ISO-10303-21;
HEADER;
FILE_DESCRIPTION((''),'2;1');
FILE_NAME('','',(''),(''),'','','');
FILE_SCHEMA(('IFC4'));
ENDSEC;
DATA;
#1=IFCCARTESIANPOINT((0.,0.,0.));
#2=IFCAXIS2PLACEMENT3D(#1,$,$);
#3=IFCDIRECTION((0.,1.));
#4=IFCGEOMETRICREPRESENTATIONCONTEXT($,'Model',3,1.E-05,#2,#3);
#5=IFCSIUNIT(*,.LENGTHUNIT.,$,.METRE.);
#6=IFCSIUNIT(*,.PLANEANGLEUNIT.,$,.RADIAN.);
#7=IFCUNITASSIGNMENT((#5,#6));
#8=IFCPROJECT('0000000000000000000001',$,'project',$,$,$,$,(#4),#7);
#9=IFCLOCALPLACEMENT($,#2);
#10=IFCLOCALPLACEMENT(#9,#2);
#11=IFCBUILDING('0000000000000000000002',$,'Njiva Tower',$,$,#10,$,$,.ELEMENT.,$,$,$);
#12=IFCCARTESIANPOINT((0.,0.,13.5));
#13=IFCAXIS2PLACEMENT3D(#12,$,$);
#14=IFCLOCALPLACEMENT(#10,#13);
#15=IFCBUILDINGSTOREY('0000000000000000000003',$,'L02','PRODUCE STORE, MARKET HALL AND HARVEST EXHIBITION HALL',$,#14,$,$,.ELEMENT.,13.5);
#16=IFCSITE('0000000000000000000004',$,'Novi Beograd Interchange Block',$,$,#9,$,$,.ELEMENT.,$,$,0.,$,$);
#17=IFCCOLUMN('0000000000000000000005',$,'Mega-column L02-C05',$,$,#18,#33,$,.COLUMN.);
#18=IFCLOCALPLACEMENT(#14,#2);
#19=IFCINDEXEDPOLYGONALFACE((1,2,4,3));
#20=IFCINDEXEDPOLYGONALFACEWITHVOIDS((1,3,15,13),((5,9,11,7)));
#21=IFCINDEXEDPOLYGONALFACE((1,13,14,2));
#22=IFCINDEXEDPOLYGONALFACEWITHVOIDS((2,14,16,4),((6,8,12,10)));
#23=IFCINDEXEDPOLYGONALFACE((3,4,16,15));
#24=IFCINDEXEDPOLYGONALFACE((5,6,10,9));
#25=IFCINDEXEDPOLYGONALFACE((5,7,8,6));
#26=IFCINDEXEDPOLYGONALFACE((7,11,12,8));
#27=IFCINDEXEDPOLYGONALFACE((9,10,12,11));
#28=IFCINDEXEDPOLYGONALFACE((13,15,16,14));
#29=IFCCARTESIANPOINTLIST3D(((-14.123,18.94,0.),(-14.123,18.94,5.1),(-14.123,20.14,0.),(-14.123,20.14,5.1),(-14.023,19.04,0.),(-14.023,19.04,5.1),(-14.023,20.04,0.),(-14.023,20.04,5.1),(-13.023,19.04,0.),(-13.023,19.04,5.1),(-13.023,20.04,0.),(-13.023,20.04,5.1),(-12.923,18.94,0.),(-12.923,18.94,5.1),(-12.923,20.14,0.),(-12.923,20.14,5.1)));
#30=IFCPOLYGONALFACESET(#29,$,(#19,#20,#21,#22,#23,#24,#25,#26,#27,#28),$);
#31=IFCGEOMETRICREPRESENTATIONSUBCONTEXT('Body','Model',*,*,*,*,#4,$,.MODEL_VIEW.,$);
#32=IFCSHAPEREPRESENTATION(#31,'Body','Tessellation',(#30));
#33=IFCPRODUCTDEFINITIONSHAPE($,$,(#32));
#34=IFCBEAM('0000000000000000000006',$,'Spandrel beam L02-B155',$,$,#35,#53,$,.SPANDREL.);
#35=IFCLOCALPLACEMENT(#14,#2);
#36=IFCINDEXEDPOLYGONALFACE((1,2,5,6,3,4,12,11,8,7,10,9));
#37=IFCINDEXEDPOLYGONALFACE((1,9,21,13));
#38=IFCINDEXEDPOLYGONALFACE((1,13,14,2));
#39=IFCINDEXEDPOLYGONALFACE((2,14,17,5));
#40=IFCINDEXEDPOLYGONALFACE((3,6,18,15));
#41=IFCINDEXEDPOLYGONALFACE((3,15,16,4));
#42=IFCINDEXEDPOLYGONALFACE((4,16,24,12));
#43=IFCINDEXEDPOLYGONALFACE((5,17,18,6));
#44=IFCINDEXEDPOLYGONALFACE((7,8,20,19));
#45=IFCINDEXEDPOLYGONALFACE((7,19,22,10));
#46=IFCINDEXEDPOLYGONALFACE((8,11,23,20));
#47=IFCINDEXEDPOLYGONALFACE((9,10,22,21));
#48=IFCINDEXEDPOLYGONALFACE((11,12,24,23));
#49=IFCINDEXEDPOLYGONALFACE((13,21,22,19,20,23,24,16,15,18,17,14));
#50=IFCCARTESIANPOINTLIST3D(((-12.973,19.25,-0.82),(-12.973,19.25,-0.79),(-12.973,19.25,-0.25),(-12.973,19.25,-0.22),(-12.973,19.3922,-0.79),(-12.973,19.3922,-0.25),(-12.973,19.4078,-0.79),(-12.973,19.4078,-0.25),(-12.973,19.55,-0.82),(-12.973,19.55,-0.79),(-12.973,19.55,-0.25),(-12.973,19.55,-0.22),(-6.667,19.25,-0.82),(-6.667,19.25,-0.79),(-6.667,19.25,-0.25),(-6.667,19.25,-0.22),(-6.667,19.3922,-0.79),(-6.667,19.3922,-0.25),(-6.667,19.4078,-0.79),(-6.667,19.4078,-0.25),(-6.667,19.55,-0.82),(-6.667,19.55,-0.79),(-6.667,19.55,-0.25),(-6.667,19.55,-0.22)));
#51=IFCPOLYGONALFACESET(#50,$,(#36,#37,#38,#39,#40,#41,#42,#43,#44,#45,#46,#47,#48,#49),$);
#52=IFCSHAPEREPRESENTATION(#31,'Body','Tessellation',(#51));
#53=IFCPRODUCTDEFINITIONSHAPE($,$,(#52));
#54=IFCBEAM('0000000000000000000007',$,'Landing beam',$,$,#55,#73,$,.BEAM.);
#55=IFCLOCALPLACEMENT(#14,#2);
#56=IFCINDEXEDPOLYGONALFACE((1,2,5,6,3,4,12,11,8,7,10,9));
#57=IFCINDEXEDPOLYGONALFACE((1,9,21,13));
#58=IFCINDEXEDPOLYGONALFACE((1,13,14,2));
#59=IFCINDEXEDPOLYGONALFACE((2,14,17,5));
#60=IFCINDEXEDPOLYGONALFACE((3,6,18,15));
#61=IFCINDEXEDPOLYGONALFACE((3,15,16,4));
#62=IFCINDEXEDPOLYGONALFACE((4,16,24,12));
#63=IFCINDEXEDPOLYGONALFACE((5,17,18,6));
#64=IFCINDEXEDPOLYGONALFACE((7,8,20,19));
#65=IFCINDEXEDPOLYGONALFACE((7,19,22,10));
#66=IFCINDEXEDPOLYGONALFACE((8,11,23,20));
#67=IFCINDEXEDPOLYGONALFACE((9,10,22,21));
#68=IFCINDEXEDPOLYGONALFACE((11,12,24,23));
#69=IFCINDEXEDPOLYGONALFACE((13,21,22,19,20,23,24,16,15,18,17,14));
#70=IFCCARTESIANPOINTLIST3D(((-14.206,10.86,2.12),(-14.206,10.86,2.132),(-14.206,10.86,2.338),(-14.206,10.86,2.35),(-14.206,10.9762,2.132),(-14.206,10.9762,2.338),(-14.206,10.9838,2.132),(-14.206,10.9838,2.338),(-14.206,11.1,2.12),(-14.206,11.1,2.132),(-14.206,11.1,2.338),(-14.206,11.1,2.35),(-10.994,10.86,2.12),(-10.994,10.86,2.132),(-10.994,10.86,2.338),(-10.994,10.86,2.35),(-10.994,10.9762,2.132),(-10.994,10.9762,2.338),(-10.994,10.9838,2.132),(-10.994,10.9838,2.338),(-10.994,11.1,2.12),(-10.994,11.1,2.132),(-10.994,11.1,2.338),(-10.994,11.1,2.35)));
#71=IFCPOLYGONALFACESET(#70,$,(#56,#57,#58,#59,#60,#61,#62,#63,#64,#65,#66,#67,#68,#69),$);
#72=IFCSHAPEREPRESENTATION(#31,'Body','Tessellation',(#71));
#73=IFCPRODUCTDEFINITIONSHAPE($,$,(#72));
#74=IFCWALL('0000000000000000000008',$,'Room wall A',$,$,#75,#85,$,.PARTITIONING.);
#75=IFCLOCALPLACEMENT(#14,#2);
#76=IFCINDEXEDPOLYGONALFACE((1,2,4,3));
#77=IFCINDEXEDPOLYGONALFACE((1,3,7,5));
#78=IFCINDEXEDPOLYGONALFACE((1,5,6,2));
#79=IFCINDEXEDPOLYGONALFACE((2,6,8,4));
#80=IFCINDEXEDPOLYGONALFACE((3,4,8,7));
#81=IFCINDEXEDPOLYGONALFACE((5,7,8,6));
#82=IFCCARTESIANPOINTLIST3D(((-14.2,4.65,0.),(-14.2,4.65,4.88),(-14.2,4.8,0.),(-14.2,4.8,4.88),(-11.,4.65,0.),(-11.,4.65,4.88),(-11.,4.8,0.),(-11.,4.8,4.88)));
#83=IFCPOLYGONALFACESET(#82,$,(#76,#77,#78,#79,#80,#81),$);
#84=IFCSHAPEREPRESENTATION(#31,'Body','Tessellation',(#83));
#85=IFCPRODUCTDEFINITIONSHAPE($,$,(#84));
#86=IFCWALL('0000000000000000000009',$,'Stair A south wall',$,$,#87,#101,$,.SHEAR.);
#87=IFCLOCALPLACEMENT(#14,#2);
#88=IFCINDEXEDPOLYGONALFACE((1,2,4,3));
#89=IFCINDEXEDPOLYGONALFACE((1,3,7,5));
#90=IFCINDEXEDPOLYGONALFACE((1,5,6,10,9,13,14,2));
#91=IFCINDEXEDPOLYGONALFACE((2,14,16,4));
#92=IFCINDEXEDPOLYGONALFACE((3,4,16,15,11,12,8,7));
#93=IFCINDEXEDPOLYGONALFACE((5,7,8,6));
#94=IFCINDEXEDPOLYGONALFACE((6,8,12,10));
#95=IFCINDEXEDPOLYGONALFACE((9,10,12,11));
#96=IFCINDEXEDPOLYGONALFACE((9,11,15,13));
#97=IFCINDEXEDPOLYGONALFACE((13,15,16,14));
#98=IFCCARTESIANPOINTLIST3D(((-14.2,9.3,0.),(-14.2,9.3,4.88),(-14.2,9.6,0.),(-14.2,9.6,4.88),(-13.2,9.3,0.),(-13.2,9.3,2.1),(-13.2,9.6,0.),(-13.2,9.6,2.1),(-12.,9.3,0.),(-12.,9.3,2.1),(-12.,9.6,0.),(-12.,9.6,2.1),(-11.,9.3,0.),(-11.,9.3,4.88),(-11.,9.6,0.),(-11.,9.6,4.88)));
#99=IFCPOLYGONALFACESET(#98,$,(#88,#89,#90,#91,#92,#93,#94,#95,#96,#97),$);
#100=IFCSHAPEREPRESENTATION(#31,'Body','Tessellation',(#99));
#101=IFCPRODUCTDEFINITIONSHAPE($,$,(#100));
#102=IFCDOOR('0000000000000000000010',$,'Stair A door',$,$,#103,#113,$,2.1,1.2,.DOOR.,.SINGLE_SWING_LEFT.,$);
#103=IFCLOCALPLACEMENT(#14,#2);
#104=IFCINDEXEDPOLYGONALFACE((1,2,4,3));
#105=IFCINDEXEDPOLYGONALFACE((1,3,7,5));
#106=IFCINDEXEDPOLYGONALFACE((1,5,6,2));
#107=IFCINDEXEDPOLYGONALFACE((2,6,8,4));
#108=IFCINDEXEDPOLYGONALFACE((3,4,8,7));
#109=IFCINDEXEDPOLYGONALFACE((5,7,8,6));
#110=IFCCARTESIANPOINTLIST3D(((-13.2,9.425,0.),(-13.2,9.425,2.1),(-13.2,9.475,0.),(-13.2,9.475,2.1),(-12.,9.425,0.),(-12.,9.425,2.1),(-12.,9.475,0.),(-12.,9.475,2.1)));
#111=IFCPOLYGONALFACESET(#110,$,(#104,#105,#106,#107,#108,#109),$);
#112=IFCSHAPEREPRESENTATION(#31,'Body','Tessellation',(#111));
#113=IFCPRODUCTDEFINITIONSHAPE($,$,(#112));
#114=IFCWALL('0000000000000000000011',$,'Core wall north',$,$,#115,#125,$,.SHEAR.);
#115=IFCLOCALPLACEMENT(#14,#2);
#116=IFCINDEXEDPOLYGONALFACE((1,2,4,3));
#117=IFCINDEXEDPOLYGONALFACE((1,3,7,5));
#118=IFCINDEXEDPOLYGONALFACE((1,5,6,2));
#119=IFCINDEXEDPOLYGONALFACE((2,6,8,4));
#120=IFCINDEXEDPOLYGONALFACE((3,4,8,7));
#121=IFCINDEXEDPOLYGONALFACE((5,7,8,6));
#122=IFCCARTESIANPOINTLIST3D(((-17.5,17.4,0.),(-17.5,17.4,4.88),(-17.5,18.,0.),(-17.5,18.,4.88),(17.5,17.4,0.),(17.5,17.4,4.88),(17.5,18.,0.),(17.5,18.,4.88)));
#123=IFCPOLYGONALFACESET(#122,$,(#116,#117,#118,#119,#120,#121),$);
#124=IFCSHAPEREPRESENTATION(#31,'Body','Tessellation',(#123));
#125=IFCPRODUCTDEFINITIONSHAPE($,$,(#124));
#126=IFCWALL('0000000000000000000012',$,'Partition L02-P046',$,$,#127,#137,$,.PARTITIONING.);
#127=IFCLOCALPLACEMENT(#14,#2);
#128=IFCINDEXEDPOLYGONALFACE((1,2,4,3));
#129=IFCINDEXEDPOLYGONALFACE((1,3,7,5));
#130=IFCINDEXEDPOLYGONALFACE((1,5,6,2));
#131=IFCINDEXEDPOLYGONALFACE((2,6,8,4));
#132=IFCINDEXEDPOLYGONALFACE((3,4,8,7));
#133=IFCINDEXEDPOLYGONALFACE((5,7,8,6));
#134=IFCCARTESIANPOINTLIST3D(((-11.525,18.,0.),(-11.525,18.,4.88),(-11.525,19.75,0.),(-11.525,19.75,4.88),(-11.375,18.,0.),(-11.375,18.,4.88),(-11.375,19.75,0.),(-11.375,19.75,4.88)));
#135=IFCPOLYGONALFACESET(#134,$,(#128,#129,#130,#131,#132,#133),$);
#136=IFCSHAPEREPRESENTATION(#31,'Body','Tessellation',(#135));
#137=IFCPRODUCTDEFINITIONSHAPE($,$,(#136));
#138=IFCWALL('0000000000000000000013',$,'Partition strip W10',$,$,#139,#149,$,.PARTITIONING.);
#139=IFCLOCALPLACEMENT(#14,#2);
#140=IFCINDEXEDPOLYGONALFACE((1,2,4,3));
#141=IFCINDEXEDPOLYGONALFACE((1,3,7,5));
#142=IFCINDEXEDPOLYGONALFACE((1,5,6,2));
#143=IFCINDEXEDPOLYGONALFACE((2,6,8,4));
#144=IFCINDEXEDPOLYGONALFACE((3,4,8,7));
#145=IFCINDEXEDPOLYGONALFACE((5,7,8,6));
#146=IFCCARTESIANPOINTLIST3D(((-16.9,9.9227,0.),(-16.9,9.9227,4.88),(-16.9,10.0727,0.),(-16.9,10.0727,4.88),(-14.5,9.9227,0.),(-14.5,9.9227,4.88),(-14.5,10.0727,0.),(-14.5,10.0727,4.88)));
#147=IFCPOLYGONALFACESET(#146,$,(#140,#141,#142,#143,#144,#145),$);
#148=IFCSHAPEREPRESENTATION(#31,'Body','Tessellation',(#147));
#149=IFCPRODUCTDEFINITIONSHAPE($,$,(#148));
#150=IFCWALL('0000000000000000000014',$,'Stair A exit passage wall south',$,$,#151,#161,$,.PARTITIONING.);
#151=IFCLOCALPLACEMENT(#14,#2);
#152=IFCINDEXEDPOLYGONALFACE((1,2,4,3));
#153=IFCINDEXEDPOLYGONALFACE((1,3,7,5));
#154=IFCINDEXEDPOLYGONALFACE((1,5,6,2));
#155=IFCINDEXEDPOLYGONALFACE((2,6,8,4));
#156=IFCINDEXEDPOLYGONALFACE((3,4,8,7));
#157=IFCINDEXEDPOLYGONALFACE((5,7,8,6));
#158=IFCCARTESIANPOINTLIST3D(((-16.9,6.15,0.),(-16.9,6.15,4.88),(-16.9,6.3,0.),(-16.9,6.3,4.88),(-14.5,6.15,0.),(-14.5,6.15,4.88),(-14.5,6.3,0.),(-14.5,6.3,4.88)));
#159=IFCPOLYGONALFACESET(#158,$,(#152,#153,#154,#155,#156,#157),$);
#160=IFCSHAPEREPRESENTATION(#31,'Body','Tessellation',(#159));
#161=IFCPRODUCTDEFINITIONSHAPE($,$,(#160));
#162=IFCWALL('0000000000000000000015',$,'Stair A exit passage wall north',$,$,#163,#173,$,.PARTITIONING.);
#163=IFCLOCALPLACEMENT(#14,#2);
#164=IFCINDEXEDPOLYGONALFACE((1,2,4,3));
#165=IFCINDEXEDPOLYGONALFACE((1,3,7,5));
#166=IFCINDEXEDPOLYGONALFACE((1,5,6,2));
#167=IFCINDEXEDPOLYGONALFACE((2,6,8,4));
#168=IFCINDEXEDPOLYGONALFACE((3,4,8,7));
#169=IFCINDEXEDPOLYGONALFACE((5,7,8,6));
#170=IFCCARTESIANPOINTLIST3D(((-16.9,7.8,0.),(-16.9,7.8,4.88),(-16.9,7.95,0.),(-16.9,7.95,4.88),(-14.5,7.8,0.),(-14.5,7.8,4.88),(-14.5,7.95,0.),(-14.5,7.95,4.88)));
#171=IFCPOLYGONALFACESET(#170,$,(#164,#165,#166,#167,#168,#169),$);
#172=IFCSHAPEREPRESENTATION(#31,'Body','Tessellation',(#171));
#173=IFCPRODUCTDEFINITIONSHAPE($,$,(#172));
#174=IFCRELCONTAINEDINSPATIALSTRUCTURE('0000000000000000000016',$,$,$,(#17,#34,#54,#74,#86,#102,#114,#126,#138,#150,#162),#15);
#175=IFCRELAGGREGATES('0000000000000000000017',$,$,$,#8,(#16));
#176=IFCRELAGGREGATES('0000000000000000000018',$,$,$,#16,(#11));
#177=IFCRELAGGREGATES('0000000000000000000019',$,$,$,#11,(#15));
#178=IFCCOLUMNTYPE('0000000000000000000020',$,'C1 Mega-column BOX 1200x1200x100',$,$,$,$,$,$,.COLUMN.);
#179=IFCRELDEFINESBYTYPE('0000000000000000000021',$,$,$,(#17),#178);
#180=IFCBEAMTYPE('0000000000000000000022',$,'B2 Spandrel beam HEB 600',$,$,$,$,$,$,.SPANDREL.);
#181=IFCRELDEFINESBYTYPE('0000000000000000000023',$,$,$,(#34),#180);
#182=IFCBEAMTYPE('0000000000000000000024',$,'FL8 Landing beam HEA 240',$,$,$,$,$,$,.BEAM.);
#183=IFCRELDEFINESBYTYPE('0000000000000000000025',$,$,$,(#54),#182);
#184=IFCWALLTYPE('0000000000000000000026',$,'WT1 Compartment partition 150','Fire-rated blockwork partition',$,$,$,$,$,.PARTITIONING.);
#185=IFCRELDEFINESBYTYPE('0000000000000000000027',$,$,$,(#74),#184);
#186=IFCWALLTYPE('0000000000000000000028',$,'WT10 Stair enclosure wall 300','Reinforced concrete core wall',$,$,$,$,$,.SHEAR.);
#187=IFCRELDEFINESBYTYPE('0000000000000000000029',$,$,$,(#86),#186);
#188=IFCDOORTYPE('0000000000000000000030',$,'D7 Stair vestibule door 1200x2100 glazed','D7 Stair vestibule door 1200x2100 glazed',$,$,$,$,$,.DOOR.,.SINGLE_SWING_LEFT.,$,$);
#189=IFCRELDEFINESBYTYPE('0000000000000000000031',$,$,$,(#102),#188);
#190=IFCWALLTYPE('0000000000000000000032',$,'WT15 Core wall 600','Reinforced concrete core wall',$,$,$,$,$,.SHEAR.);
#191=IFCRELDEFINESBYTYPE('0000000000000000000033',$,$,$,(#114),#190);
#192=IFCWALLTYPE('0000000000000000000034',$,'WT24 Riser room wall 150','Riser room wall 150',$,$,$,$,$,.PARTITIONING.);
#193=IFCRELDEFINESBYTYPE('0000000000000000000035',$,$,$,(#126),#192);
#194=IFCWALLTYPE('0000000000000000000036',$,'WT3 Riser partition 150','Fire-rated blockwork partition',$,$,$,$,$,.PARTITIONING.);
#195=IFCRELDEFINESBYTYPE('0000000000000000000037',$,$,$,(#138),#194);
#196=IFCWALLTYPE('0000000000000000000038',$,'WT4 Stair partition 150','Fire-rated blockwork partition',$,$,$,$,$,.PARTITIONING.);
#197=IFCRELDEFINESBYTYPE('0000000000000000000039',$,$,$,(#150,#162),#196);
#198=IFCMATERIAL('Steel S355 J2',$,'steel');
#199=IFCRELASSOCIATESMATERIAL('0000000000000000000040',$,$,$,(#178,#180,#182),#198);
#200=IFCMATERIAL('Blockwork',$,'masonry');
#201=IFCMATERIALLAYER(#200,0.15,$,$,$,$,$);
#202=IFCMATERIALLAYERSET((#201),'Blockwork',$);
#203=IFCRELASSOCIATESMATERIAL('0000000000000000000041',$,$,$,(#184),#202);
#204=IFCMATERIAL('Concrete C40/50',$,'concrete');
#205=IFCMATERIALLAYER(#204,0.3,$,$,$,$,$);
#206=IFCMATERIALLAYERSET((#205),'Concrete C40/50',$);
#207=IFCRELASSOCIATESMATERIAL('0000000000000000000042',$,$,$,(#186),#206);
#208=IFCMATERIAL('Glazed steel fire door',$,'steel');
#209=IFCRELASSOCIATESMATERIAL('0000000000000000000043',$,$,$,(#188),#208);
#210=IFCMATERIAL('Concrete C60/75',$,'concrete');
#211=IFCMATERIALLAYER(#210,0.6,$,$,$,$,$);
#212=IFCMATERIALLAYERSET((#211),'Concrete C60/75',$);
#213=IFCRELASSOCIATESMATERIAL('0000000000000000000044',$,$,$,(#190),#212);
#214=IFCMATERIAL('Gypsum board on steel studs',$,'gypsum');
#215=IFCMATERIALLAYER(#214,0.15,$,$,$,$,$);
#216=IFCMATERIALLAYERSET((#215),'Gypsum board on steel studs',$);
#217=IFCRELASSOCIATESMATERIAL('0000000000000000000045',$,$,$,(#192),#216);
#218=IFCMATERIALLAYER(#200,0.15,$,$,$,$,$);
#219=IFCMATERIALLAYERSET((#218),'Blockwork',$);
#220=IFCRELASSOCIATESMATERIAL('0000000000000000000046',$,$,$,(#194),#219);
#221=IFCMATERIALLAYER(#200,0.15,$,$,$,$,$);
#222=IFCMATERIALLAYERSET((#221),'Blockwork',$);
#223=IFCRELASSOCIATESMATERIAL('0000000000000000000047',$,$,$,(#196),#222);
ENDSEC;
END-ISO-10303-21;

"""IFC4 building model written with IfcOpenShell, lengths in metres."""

from ifc_helpers import new_model, si_unit, direction, frame, frame_2d, origin, origin_2d, place, context, subcontext, project, spatial, rectangle, hollow_rectangle, i_section, extrude, material, layer, layer_set, material_profile, profile_set, type_object, element, fill, save


model = new_model("IFC4")

# Units and contexts
model_context = context("Model", 3, precision=1e-05, world=origin(), true_north=direction((0.0, 1.0)))
body_context = subcontext(model_context, "Body", "Model", "MODEL_VIEW")
ifc_project = project(units=[si_unit("LENGTHUNIT", "METRE"), si_unit("PLANEANGLEUNIT", "RADIAN")], contexts=[model_context])

# Site, building, storey
site_placement = place(None, origin())
site = spatial("IfcSite", under=ifc_project, at=site_placement, Name="Novi Beograd Interchange Block", CompositionType="ELEMENT", RefElevation=0.0)
building_placement = place(site_placement, origin())
building = spatial("IfcBuilding", under=site, at=building_placement, Name="Njiva Tower", CompositionType="ELEMENT")
storey_placement = place(building_placement, frame((0.0, 0.0, 13.5)))
storey = spatial("IfcBuildingStorey", under=building, at=storey_placement, Name="L02", Description="PRODUCE STORE, MARKET HALL AND HARVEST EXHIBITION HALL", CompositionType="ELEMENT", Elevation=13.5)

# Column
ifc_material_1 = material(Name="Steel S355 J2", Category="steel")
ifc_material_profile_1 = material_profile(ifc_material_1, hollow_rectangle(XDim=1.2, YDim=1.2, WallThickness=0.1, at=origin_2d()), Name="BOX 1200x1200x100")
ifc_profile_set_1 = profile_set([ifc_material_profile_1], Name="Steel S355 J2")
column_type = type_object("IfcColumnType", Name="C1 Mega-column BOX 1200x1200x100", PredefinedType="COLUMN", material=ifc_profile_set_1)
column_placement = place(storey_placement, frame((-13.523, 19.54, 0.0), z_axis=(0.0, 0.0, 1.0), x_axis=(-1.0, 0.0, 0.0)))
element("IfcColumn", 1, at=column_placement, inside=storey, type_object=column_type, Name="Mega-column L02-C05", PredefinedType="COLUMN", context=body_context, shape_type="SweptSolid", body=[
    extrude(hollow_rectangle(XDim=1.2, YDim=1.2, WallThickness=0.1, at=origin_2d()), origin(), (0.0, 0.0, 1.0), 5.1),
])

# Beams
ifc_material_profile_2 = material_profile(ifc_material_1, i_section(OverallWidth=0.3, OverallDepth=0.6, WebThickness=0.0155, FlangeThickness=0.03, at=origin_2d()), Name="HEB 600")
ifc_profile_set_2 = profile_set([ifc_material_profile_2], Name="Steel S355 J2")
beam_type_1 = type_object("IfcBeamType", Name="B2 Spandrel beam HEB 600", PredefinedType="SPANDREL", material=ifc_profile_set_2)
beam_1_placement = place(storey_placement, frame((-12.973, 19.4, -0.52), z_axis=(1.0, 0.0, 0.0), x_axis=(0.0, 1.0, 0.0)))
element("IfcBeam", 2, at=beam_1_placement, inside=storey, type_object=beam_type_1, Name="Spandrel beam L02-B155", PredefinedType="SPANDREL", context=body_context, shape_type="SweptSolid", body=[
    extrude(i_section(OverallWidth=0.3, OverallDepth=0.6, WebThickness=0.0155, FlangeThickness=0.03, at=origin_2d()), origin(), (0.0, 0.0, 1.0), 6.306),
])
ifc_material_profile_3 = material_profile(ifc_material_1, i_section(OverallWidth=0.24, OverallDepth=0.23, WebThickness=0.0075, FlangeThickness=0.012, at=origin_2d()), Name="HEA240")
ifc_profile_set_3 = profile_set([ifc_material_profile_3], Name="Steel S355 J2")
beam_type_2 = type_object("IfcBeamType", Name="FL8 Landing beam HEA 240", PredefinedType="BEAM", material=ifc_profile_set_3)
beam_2_placement = place(storey_placement, frame((-14.206, 10.98, 2.235), z_axis=(1.0, 0.0, 0.0), x_axis=(0.0, 1.0, 0.0)))
element("IfcBeam", 3, at=beam_2_placement, inside=storey, type_object=beam_type_2, Name="Landing beam", PredefinedType="BEAM", context=body_context, shape_type="SweptSolid", body=[
    extrude(i_section(OverallWidth=0.24, OverallDepth=0.23, WebThickness=0.0075, FlangeThickness=0.012, at=origin_2d()), origin(), (0.0, 0.0, 1.0), 3.212),
])

# Wall
ifc_material_2 = material(Name="Blockwork", Category="masonry")
ifc_layer_1 = layer(ifc_material_2, 0.15)
ifc_layer_set_1 = layer_set([ifc_layer_1], Name="Blockwork")
wall_type_1 = type_object("IfcWallType", Name="WT1 Compartment partition 150", Description="Fire-rated blockwork partition", PredefinedType="PARTITIONING", material=ifc_layer_set_1)
wall_1_placement = place(storey_placement, frame((-14.2, 4.725, 0.0), z_axis=(0.0, 0.0, 1.0), x_axis=(1.0, 0.0, 0.0)))
element("IfcWall", 4, at=wall_1_placement, inside=storey, type_object=wall_type_1, Name="Room wall A", PredefinedType="PARTITIONING", context=body_context, shape_type="SweptSolid", body=[
    extrude(rectangle(XDim=3.2, YDim=0.15, at=frame_2d((1.6, 0.0))), origin(), (0.0, 0.0, 1.0), 4.88),
])

# Wall, opening, door
ifc_material_3 = material(Name="Concrete C40/50", Category="concrete")
ifc_layer_2 = layer(ifc_material_3, 0.3)
ifc_layer_set_2 = layer_set([ifc_layer_2], Name="Concrete C40/50")
wall_type_2 = type_object("IfcWallType", Name="WT10 Stair enclosure wall 300", Description="Reinforced concrete core wall", PredefinedType="SHEAR", material=ifc_layer_set_2)
wall_2_placement = place(storey_placement, frame((-14.2, 9.45, 0.0), z_axis=(0.0, 0.0, 1.0), x_axis=(1.0, 0.0, 0.0)))
wall_2 = element("IfcWall", 5, at=wall_2_placement, inside=storey, type_object=wall_type_2, Name="Stair A south wall", PredefinedType="SHEAR", context=body_context, shape_type="SweptSolid", body=[
    extrude(rectangle(XDim=3.2, YDim=0.3, at=frame_2d((1.6, 0.0))), origin(), (0.0, 0.0, 1.0), 4.88),
])
opening_1_placement = place(wall_2_placement, frame((1.0, 0.0, 0.0)))
opening_1 = element("IfcOpeningElement", 6, at=opening_1_placement, cuts=wall_2, PredefinedType="OPENING", context=body_context, shape_type="SweptSolid", body=[
    extrude(rectangle(XDim=1.2, YDim=2.1, at=frame_2d((0.6, 1.05))), frame((0.0, 0.16, 0.0), z_axis=(0.0, -1.0, 0.0), x_axis=(1.0, 0.0, 0.0)), (0.0, 0.0, 1.0), 0.32),
])
ifc_material_4 = material(Name="Glazed steel fire door", Category="steel")
door_type_1 = type_object("IfcDoorType", Name="D7 Stair vestibule door 1200x2100 glazed", Description="D7 Stair vestibule door 1200x2100 glazed", OperationType="SINGLE_SWING_LEFT", PredefinedType="DOOR", material=ifc_material_4)
door_1_placement = place(opening_1_placement, origin())
door_1 = element("IfcDoor", 7, at=door_1_placement, inside=storey, type_object=door_type_1, Name="Stair A door", OperationType="SINGLE_SWING_LEFT", OverallHeight=2.1, OverallWidth=1.2, PredefinedType="DOOR", context=body_context, shape_type="SweptSolid", body=[
    extrude(rectangle(XDim=1.2, YDim=2.1, at=frame_2d((0.6, 1.05))), frame((0.0, 0.025, 0.0), z_axis=(0.0, -1.0, 0.0), x_axis=(1.0, 0.0, 0.0)), (0.0, 0.0, 1.0), 0.05),
])
fill(opening_1, door_1)

# Walls
ifc_material_5 = material(Name="Concrete C60/75", Category="concrete")
ifc_layer_3 = layer(ifc_material_5, 0.6)
ifc_layer_set_3 = layer_set([ifc_layer_3], Name="Concrete C60/75")
wall_type_3 = type_object("IfcWallType", Name="WT15 Core wall 600", Description="Reinforced concrete core wall", PredefinedType="SHEAR", material=ifc_layer_set_3)
wall_3_placement = place(storey_placement, frame((-17.5, 17.7, 0.0), z_axis=(0.0, 0.0, 1.0), x_axis=(1.0, 0.0, 0.0)))
element("IfcWall", 8, at=wall_3_placement, inside=storey, type_object=wall_type_3, Name="Core wall north", PredefinedType="SHEAR", context=body_context, shape_type="SweptSolid", body=[
    extrude(rectangle(XDim=35.0, YDim=0.6, at=frame_2d((17.5, 0.0))), origin(), (0.0, 0.0, 1.0), 4.88),
])
ifc_material_6 = material(Name="Gypsum board on steel studs", Category="gypsum")
ifc_layer_4 = layer(ifc_material_6, 0.15)
ifc_layer_set_4 = layer_set([ifc_layer_4], Name="Gypsum board on steel studs")
wall_type_4 = type_object("IfcWallType", Name="WT24 Riser room wall 150", Description="Riser room wall 150", PredefinedType="PARTITIONING", material=ifc_layer_set_4)
wall_4_placement = place(storey_placement, frame((-11.45, 18.0, 0.0), z_axis=(0.0, 0.0, 1.0), x_axis=(0.0, 1.0, 0.0)))
element("IfcWall", 9, at=wall_4_placement, inside=storey, type_object=wall_type_4, Name="Partition L02-P046", PredefinedType="PARTITIONING", context=body_context, shape_type="SweptSolid", body=[
    extrude(rectangle(XDim=1.75, YDim=0.15, at=frame_2d((0.875, 0.0))), origin(), (0.0, 0.0, 1.0), 4.88),
])
ifc_layer_5 = layer(ifc_material_2, 0.15)
ifc_layer_set_5 = layer_set([ifc_layer_5], Name="Blockwork")
wall_type_5 = type_object("IfcWallType", Name="WT3 Riser partition 150", Description="Fire-rated blockwork partition", PredefinedType="PARTITIONING", material=ifc_layer_set_5)
wall_5_placement = place(storey_placement, frame((-16.9, 9.9977, 0.0), z_axis=(0.0, 0.0, 1.0), x_axis=(1.0, 0.0, 0.0)))
element("IfcWall", 10, at=wall_5_placement, inside=storey, type_object=wall_type_5, Name="Partition strip W10", PredefinedType="PARTITIONING", context=body_context, shape_type="SweptSolid", body=[
    extrude(rectangle(XDim=2.4, YDim=0.15, at=frame_2d((1.2, 0.0))), origin(), (0.0, 0.0, 1.0), 4.88),
])
ifc_layer_6 = layer(ifc_material_2, 0.15)
ifc_layer_set_6 = layer_set([ifc_layer_6], Name="Blockwork")
wall_type_6 = type_object("IfcWallType", Name="WT4 Stair partition 150", Description="Fire-rated blockwork partition", PredefinedType="PARTITIONING", material=ifc_layer_set_6)
for number, where, z_axis, x_axis, name in (
    (11, (-16.9, 6.225, 0.0), (0.0, 0.0, 1.0), (1.0, 0.0, 0.0), "Stair A exit passage wall south"),
    (12, (-16.9, 7.875, 0.0), (0.0, 0.0, 1.0), (1.0, 0.0, 0.0), "Stair A exit passage wall north"),
):
    element("IfcWall", number, at=place(storey_placement, frame(where, z_axis=z_axis, x_axis=x_axis)), inside=storey, type_object=wall_type_6, Name=name, PredefinedType="PARTITIONING", context=body_context, shape_type="SweptSolid", body=[
        extrude(rectangle(XDim=2.4, YDim=0.15, at=frame_2d((1.2, 0.0))), origin(), (0.0, 0.0, 1.0), 4.88),
    ])

save(model, "model.ifc")
